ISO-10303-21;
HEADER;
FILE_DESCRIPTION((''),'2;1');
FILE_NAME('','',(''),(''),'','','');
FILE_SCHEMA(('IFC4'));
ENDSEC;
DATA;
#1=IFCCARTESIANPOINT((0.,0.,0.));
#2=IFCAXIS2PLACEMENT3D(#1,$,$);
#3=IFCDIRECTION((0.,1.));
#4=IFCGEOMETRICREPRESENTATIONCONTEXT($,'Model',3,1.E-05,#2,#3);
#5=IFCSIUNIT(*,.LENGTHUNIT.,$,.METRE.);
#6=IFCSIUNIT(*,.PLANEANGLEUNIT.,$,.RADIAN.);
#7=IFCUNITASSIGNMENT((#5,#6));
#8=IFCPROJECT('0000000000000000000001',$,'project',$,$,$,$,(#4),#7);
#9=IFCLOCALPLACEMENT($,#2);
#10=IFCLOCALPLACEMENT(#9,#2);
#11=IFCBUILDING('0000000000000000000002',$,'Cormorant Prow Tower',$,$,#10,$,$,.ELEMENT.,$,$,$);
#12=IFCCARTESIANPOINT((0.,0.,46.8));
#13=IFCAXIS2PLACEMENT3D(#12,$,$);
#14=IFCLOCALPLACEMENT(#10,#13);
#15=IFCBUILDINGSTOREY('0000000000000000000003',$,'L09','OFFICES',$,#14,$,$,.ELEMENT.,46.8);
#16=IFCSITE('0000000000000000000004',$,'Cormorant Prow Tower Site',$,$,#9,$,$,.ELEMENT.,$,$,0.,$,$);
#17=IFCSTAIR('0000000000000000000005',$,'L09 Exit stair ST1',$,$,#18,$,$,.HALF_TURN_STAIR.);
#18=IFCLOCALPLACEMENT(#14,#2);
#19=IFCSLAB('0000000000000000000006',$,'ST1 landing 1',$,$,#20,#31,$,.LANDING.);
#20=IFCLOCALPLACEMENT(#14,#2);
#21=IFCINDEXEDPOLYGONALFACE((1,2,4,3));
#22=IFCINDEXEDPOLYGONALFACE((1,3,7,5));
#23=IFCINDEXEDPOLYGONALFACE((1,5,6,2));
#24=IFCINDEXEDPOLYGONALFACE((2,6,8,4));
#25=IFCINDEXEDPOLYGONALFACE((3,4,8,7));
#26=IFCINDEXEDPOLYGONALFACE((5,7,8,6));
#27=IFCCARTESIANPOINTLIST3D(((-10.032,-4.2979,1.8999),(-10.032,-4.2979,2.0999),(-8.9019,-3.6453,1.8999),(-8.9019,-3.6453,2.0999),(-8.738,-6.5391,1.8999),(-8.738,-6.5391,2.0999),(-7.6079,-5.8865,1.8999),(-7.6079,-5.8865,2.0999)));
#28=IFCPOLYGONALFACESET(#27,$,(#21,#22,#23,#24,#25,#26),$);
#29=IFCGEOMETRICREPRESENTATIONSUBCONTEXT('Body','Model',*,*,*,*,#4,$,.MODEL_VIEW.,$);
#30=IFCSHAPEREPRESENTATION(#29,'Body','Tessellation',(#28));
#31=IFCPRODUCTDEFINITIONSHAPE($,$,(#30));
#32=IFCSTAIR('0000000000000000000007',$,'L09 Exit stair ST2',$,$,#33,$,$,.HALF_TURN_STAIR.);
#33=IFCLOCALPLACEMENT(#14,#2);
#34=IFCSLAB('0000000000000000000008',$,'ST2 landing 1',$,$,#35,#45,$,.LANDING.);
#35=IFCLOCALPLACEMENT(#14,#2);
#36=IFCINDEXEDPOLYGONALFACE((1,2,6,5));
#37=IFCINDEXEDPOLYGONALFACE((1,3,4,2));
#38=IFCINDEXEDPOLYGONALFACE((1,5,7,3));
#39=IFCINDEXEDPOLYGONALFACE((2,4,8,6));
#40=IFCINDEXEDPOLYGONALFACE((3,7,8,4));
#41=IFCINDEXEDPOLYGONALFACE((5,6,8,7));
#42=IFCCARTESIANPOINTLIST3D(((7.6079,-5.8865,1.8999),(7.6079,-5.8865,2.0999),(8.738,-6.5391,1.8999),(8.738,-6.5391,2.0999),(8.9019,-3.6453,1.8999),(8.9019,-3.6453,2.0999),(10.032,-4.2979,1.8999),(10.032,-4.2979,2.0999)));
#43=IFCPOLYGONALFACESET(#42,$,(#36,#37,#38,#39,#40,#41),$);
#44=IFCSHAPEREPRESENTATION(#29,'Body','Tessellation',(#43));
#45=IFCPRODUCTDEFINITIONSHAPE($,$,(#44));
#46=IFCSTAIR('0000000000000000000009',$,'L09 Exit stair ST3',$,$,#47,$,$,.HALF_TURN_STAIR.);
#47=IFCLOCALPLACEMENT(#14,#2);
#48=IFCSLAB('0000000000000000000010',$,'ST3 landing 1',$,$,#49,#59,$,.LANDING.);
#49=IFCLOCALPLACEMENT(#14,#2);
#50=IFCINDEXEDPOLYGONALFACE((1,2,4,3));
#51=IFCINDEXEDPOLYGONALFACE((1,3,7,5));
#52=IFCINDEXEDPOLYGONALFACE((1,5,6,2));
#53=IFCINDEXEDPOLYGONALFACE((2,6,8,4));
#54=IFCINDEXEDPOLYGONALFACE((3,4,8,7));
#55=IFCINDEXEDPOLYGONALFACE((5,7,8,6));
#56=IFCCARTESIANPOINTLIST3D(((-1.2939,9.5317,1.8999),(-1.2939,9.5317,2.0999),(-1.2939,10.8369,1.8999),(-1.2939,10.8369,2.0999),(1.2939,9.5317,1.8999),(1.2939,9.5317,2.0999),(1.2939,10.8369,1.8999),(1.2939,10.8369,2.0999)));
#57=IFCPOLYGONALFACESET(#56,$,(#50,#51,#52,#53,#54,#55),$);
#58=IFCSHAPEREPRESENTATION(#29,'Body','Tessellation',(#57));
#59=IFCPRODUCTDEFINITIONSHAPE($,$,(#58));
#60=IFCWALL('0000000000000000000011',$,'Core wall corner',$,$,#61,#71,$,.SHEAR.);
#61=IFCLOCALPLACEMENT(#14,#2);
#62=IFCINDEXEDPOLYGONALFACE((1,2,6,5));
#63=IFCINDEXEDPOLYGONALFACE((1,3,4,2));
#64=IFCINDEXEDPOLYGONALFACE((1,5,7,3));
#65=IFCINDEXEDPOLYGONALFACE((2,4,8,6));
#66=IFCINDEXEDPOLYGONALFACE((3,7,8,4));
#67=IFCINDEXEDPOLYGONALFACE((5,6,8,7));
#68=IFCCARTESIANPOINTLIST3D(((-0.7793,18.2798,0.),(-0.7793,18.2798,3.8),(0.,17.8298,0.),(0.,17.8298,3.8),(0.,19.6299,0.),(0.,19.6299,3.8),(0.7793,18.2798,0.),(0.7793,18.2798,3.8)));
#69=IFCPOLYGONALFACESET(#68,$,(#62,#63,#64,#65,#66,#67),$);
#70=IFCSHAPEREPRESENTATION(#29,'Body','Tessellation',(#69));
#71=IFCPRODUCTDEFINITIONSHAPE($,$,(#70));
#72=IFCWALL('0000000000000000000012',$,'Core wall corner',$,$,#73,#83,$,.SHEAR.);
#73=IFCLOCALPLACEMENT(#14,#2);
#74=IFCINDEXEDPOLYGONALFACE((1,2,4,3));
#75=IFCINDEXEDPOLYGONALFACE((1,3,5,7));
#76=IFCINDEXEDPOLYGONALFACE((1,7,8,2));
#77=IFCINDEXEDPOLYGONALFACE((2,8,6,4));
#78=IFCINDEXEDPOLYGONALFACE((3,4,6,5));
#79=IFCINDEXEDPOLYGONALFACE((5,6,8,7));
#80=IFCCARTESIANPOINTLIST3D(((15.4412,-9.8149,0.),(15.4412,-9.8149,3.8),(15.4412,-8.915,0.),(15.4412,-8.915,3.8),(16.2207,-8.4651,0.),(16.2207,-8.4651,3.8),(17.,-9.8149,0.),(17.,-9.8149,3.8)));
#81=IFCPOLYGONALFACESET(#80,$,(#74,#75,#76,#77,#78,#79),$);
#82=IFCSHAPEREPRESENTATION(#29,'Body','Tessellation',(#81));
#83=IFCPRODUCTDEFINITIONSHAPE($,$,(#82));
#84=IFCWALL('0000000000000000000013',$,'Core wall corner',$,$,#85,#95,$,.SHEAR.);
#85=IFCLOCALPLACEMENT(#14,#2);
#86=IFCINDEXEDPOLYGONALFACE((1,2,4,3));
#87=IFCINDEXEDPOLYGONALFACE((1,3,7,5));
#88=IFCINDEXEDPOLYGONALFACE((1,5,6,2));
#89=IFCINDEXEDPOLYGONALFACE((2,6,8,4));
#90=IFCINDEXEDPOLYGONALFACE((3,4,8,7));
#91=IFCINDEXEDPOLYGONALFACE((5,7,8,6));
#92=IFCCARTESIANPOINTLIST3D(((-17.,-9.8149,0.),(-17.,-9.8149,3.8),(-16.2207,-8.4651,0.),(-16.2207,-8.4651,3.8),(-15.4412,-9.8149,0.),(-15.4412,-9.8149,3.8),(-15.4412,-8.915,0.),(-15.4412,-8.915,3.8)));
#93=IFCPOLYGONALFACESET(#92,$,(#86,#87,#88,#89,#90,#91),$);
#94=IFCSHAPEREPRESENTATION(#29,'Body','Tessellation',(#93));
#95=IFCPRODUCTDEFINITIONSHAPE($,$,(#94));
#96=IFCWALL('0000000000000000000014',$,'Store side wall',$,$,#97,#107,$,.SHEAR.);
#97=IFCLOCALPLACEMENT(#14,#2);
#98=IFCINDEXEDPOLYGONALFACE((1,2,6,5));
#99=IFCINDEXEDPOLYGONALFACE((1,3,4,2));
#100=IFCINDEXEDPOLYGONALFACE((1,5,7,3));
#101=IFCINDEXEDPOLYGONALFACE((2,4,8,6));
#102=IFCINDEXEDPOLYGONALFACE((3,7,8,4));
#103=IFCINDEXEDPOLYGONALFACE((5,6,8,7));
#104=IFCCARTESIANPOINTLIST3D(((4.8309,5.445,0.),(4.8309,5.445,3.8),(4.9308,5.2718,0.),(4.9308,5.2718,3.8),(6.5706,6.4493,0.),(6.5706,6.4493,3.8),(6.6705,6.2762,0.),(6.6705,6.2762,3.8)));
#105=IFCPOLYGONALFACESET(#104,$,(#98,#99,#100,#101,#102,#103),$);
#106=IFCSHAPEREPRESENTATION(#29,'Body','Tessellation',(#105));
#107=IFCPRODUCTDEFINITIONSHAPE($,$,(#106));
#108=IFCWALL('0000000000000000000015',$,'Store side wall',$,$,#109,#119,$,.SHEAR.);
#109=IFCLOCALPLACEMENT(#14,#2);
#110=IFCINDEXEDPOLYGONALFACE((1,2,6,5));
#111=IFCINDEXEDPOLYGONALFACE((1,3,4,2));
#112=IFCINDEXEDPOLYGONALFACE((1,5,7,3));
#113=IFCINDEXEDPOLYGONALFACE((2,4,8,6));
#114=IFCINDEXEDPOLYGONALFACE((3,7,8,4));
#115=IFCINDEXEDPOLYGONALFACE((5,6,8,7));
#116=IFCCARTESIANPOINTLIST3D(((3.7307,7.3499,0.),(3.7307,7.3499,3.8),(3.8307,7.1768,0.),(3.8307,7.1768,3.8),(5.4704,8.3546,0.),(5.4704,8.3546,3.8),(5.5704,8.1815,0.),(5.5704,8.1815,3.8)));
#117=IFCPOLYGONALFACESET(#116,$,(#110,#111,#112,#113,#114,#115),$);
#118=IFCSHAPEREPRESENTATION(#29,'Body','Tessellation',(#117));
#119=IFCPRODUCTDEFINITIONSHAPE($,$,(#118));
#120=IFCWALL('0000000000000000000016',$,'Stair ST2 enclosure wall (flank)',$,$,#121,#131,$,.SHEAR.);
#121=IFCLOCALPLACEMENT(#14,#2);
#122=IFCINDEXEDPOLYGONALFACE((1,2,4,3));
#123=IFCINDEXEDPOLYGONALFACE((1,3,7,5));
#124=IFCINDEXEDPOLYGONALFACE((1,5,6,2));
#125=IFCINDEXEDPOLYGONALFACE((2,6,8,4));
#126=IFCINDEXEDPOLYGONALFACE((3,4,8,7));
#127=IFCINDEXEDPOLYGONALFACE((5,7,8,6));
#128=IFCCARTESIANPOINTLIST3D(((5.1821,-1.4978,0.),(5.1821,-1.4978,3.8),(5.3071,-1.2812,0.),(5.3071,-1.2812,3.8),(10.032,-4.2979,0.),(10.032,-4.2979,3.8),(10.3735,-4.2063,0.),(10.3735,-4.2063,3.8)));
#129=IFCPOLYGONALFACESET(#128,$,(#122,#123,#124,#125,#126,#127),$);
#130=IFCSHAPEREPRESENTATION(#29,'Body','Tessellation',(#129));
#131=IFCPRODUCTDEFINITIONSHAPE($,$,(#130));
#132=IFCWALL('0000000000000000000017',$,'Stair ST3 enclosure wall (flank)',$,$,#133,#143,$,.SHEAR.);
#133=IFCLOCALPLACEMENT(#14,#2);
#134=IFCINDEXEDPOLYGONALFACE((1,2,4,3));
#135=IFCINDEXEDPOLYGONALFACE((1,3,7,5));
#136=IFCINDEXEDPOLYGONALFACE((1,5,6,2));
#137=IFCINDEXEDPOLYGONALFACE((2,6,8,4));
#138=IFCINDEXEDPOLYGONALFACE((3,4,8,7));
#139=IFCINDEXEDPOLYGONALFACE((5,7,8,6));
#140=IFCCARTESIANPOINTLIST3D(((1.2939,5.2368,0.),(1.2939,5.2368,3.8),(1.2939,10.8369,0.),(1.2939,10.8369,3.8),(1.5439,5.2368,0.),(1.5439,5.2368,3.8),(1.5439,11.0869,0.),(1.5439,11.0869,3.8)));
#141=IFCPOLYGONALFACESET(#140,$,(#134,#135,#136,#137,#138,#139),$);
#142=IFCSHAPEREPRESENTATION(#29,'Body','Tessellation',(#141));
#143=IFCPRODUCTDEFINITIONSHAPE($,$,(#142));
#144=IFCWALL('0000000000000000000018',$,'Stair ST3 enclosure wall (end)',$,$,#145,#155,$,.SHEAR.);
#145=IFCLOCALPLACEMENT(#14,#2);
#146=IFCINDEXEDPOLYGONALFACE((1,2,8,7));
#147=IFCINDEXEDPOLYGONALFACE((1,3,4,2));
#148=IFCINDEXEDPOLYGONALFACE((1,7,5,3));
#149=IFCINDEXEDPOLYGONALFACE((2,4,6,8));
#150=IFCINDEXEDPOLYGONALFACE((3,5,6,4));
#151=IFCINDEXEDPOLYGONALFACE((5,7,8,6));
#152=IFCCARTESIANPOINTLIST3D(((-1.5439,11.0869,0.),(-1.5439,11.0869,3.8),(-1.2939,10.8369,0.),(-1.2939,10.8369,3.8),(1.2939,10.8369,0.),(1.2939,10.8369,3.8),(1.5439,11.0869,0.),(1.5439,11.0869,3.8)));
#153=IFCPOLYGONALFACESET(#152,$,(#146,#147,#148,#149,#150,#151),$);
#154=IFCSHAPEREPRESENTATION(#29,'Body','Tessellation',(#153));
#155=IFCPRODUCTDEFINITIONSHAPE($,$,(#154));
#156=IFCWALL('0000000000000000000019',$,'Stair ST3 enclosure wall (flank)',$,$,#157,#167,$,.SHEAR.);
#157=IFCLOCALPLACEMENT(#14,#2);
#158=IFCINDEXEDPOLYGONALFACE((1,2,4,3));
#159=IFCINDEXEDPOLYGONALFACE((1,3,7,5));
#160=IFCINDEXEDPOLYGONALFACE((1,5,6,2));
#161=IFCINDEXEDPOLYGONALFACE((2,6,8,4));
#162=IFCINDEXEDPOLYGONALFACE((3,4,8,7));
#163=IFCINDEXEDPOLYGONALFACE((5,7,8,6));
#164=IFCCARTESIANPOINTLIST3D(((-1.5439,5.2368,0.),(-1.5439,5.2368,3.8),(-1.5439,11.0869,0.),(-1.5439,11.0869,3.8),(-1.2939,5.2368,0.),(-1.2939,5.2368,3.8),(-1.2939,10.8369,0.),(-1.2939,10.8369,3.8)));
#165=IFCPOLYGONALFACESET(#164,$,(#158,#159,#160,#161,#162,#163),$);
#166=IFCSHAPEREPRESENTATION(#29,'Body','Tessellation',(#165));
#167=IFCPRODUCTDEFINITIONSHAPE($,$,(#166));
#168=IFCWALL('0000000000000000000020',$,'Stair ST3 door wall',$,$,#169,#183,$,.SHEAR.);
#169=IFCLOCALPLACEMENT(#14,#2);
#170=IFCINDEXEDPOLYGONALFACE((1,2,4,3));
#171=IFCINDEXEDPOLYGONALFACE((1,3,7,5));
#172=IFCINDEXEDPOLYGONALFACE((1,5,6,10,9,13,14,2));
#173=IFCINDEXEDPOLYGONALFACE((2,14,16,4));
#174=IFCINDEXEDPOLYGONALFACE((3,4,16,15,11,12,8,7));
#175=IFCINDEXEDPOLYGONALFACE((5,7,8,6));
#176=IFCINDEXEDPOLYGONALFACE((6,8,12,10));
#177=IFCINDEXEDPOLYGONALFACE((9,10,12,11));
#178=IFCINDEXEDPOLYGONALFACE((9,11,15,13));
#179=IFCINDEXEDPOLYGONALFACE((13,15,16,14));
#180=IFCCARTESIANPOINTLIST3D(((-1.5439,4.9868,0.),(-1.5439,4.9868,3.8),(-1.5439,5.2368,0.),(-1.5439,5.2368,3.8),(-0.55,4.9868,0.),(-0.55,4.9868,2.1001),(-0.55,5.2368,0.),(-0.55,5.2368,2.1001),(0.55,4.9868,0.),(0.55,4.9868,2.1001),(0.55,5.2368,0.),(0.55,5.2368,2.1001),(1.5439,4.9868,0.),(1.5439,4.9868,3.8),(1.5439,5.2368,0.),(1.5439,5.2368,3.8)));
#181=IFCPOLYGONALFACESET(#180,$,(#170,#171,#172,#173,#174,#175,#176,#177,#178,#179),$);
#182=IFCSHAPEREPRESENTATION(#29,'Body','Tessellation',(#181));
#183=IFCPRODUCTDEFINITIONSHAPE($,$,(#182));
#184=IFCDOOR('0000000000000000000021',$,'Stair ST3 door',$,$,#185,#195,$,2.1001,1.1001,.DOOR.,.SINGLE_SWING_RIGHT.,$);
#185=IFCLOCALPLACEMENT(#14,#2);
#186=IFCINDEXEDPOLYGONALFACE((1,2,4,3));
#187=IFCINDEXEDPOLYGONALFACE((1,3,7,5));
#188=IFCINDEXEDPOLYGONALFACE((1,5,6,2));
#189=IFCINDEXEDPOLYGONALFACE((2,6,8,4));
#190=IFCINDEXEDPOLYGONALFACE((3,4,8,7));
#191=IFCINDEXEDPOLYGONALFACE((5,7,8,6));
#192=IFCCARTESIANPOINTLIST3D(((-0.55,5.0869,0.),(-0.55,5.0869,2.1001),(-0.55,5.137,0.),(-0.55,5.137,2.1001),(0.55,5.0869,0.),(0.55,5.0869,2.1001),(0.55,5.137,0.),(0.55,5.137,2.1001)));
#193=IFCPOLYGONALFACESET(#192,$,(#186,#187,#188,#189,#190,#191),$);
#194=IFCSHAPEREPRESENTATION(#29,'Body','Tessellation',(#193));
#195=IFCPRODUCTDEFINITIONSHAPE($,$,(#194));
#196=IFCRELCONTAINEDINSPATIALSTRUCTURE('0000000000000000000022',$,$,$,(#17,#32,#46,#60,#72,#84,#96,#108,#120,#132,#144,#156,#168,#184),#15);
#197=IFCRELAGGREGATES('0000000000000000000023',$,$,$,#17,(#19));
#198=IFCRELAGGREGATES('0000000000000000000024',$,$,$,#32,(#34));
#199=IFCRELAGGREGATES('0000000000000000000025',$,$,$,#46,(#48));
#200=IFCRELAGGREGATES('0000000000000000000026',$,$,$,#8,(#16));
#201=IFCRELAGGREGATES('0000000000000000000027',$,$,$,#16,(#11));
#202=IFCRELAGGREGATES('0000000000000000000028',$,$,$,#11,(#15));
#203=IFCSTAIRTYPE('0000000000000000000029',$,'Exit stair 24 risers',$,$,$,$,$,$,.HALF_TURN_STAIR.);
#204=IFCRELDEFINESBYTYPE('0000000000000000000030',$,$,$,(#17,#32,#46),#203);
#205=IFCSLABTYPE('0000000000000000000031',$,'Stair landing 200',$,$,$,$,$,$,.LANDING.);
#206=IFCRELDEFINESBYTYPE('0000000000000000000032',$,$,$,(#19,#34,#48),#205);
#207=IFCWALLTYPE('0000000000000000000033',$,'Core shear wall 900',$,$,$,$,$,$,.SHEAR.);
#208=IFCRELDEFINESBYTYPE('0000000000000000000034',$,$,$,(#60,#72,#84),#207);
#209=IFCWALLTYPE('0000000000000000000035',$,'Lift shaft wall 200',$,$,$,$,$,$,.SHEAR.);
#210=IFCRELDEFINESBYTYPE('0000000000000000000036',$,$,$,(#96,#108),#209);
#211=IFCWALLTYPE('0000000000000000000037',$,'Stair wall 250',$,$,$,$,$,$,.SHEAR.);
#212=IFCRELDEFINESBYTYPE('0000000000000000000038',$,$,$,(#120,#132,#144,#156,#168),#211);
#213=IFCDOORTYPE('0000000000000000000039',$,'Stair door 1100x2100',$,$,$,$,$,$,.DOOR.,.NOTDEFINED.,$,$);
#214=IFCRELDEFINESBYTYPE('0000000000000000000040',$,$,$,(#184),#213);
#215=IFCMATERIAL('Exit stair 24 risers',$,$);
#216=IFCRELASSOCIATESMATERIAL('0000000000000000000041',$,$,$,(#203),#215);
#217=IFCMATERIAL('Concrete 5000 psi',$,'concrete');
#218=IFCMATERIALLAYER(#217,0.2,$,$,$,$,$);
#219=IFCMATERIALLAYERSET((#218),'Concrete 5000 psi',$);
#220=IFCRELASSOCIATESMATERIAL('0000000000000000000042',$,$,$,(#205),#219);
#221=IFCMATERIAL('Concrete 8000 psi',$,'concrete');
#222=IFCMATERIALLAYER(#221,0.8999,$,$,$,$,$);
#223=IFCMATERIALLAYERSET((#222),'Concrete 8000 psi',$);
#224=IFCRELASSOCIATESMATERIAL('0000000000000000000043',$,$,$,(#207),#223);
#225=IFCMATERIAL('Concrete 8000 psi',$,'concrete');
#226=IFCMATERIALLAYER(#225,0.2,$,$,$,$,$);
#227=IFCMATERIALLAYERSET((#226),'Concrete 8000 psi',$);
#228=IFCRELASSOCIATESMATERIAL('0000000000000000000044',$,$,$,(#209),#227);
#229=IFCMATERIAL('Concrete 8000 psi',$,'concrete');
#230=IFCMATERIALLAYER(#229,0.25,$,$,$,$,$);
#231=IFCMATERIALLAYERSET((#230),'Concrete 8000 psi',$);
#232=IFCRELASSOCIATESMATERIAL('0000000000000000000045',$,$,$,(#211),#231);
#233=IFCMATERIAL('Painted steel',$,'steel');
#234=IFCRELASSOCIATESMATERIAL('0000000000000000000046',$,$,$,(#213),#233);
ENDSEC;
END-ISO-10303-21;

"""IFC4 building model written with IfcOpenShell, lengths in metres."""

from ifc_helpers import new_model, si_unit, direction, frame, frame_2d, origin, place, context, subcontext, project, spatial, polyline, rectangle, outline, extrude, material, layer, layer_set, type_object, element, fill, aggregate, save


model = new_model("IFC4")

# Units and contexts
model_context = context("Model", 3, precision=1e-05, world=origin(), true_north=direction((0.0, 1.0)))
body_context = subcontext(model_context, "Body", "Model", "MODEL_VIEW")
ifc_project = project(units=[si_unit("LENGTHUNIT", "METRE"), si_unit("PLANEANGLEUNIT", "RADIAN")], contexts=[model_context])

# Site, building, storey
site_placement = place(None, origin())
site = spatial("IfcSite", under=ifc_project, at=site_placement, Name="Cormorant Prow Tower Site", CompositionType="ELEMENT", RefElevation=0.0)
building_placement = place(site_placement, origin())
building = spatial("IfcBuilding", under=site, at=building_placement, Name="Cormorant Prow Tower", CompositionType="ELEMENT")
storey_placement = place(building_placement, frame((0.0, 0.0, 46.8)))
storey = spatial("IfcBuildingStorey", under=building, at=storey_placement, Name="L09", Description="OFFICES", CompositionType="ELEMENT", Elevation=46.8)

# Stairs, slabs
ifc_material_1 = material(Name="Exit stair 24 risers")
stair_type = type_object("IfcStairType", Name="Exit stair 24 risers", PredefinedType="HALF_TURN_STAIR", material=ifc_material_1)
stair_1_placement = place(storey_placement, origin())
stair_1 = element("IfcStair", 1, at=stair_1_placement, inside=storey, type_object=stair_type, Name="L09 Exit stair ST1", PredefinedType="HALF_TURN_STAIR")
ifc_material_2 = material(Name="Concrete 5000 psi", Category="concrete")
ifc_layer_1 = layer(ifc_material_2, 0.2)
ifc_layer_set_1 = layer_set([ifc_layer_1], Name="Concrete 5000 psi")
slab_type = type_object("IfcSlabType", Name="Stair landing 200", PredefinedType="LANDING", material=ifc_layer_set_1)
slab_1_placement = place(storey_placement, frame((0.0, 0.0, 1.8999)))
slab_1 = element("IfcSlab", 2, at=slab_1_placement, type_object=slab_type, Name="ST1 landing 1", PredefinedType="LANDING", context=body_context, shape_type="SweptSolid", body=[
    extrude(outline(polyline([(-8.9019, -3.6453), (-10.032, -4.2979), (-8.738, -6.5391), (-7.6079, -5.8865), (-8.9019, -3.6453)])), origin(), (0.0, 0.0, 1.0), 0.2),
])
aggregate(stair_1, [slab_1])
stair_2_placement = place(storey_placement, origin())
stair_2 = element("IfcStair", 3, at=stair_2_placement, inside=storey, type_object=stair_type, Name="L09 Exit stair ST2", PredefinedType="HALF_TURN_STAIR")
slab_2_placement = place(storey_placement, frame((0.0, 0.0, 1.8999)))
slab_2 = element("IfcSlab", 4, at=slab_2_placement, type_object=slab_type, Name="ST2 landing 1", PredefinedType="LANDING", context=body_context, shape_type="SweptSolid", body=[
    extrude(outline(polyline([(7.6079, -5.8865), (8.738, -6.5391), (10.032, -4.2979), (8.9019, -3.6453), (7.6079, -5.8865)])), origin(), (0.0, 0.0, 1.0), 0.2),
])
aggregate(stair_2, [slab_2])
stair_3_placement = place(storey_placement, origin())
stair_3 = element("IfcStair", 5, at=stair_3_placement, inside=storey, type_object=stair_type, Name="L09 Exit stair ST3", PredefinedType="HALF_TURN_STAIR")
slab_3_placement = place(storey_placement, frame((0.0, 0.0, 1.8999)))
slab_3 = element("IfcSlab", 6, at=slab_3_placement, type_object=slab_type, Name="ST3 landing 1", PredefinedType="LANDING", context=body_context, shape_type="SweptSolid", body=[
    extrude(outline(polyline([(1.2939, 9.5317), (1.2939, 10.8369), (-1.2939, 10.8369), (-1.2939, 9.5317), (1.2939, 9.5317)])), origin(), (0.0, 0.0, 1.0), 0.2),
])

# Walls
ifc_material_3 = material(Name="Concrete 8000 psi", Category="concrete")
ifc_layer_2 = layer(ifc_material_3, 0.8999)
ifc_layer_set_2 = layer_set([ifc_layer_2], Name="Concrete 8000 psi")
wall_type_1 = type_object("IfcWallType", Name="Core shear wall 900", PredefinedType="SHEAR", material=ifc_layer_set_2)
wall_1_placement = place(storey_placement, origin())
element("IfcWall", 7, at=wall_1_placement, inside=storey, type_object=wall_type_1, Name="Core wall corner", PredefinedType="SHEAR", context=body_context, shape_type="SweptSolid", body=[
    extrude(outline(polyline([(-0.7793, 18.2798), (0.0, 19.6299), (0.7793, 18.2798), (0.0, 17.8298), (-0.7793, 18.2798)])), origin(), (0.0, 0.0, 1.0), 3.8),
])
wall_2_placement = place(storey_placement, origin())
element("IfcWall", 8, at=wall_2_placement, inside=storey, type_object=wall_type_1, Name="Core wall corner", PredefinedType="SHEAR", context=body_context, shape_type="SweptSolid", body=[
    extrude(outline(polyline([(15.4412, -9.8149), (15.4412, -8.915), (16.2207, -8.4651), (17.0, -9.8149), (15.4412, -9.8149)])), origin(), (0.0, 0.0, 1.0), 3.8),
])
wall_3_placement = place(storey_placement, origin())
element("IfcWall", 9, at=wall_3_placement, inside=storey, type_object=wall_type_1, Name="Core wall corner", PredefinedType="SHEAR", context=body_context, shape_type="SweptSolid", body=[
    extrude(outline(polyline([(-16.2207, -8.4651), (-15.4412, -8.915), (-15.4412, -9.8149), (-17.0, -9.8149), (-16.2207, -8.4651)])), origin(), (0.0, 0.0, 1.0), 3.8),
])
ifc_material_4 = material(Name="Concrete 8000 psi", Category="concrete")
ifc_layer_3 = layer(ifc_material_4, 0.2)
ifc_layer_set_3 = layer_set([ifc_layer_3], Name="Concrete 8000 psi")
wall_type_2 = type_object("IfcWallType", Name="Lift shaft wall 200", PredefinedType="SHEAR", material=ifc_layer_set_3)
wall_4_placement = place(storey_placement, frame((4.8809, 5.3584, 0.0), z_axis=(0.0, 0.0, 1.0), x_axis=(0.866036, 0.499982, 0.0)))
element("IfcWall", 10, at=wall_4_placement, inside=storey, type_object=wall_type_2, Name="Store side wall", PredefinedType="SHEAR", context=body_context, shape_type="SweptSolid", body=[
    extrude(rectangle(XDim=2.0088, YDim=0.2, at=frame_2d((1.0044, 0.0))), origin(), (0.0, 0.0, 1.0), 3.8),
])
wall_5_placement = place(storey_placement, frame((3.7808, 7.2634, 0.0), z_axis=(0.0, 0.0, 1.0), x_axis=(0.865983, 0.500073, 0.0)))
element("IfcWall", 11, at=wall_5_placement, inside=storey, type_object=wall_type_2, Name="Store side wall", PredefinedType="SHEAR", context=body_context, shape_type="SweptSolid", body=[
    extrude(rectangle(XDim=2.009, YDim=0.2, at=frame_2d((1.0044, 0.0))), origin(), (0.0, 0.0, 1.0), 3.8),
])
ifc_material_5 = material(Name="Concrete 8000 psi", Category="concrete")
ifc_layer_4 = layer(ifc_material_5, 0.25)
ifc_layer_set_4 = layer_set([ifc_layer_4], Name="Concrete 8000 psi")
wall_type_3 = type_object("IfcWallType", Name="Stair wall 250", PredefinedType="SHEAR", material=ifc_layer_set_4)
wall_6_placement = place(storey_placement, origin())
element("IfcWall", 12, at=wall_6_placement, inside=storey, type_object=wall_type_3, Name="Stair ST2 enclosure wall (flank)", PredefinedType="SHEAR", context=body_context, shape_type="SweptSolid", body=[
    extrude(outline(polyline([(10.032, -4.2979), (10.3735, -4.2063), (5.3071, -1.2812), (5.1821, -1.4978), (10.032, -4.2979)])), origin(), (0.0, 0.0, 1.0), 3.8),
])
wall_7_placement = place(storey_placement, origin())
element("IfcWall", 13, at=wall_7_placement, inside=storey, type_object=wall_type_3, Name="Stair ST3 enclosure wall (flank)", PredefinedType="SHEAR", context=body_context, shape_type="SweptSolid", body=[
    extrude(outline(polyline([(1.5439, 5.2368), (1.5439, 11.0869), (1.2939, 10.8369), (1.2939, 5.2368), (1.5439, 5.2368)])), origin(), (0.0, 0.0, 1.0), 3.8),
])
wall_8_placement = place(storey_placement, origin())
element("IfcWall", 14, at=wall_8_placement, inside=storey, type_object=wall_type_3, Name="Stair ST3 enclosure wall (end)", PredefinedType="SHEAR", context=body_context, shape_type="SweptSolid", body=[
    extrude(outline(polyline([(1.5439, 11.0869), (-1.5439, 11.0869), (-1.2939, 10.8369), (1.2939, 10.8369), (1.5439, 11.0869)])), origin(), (0.0, 0.0, 1.0), 3.8),
])
wall_9_placement = place(storey_placement, origin())
element("IfcWall", 15, at=wall_9_placement, inside=storey, type_object=wall_type_3, Name="Stair ST3 enclosure wall (flank)", PredefinedType="SHEAR", context=body_context, shape_type="SweptSolid", body=[
    extrude(outline(polyline([(-1.2939, 10.8369), (-1.5439, 11.0869), (-1.5439, 5.2368), (-1.2939, 5.2368), (-1.2939, 10.8369)])), origin(), (0.0, 0.0, 1.0), 3.8),
])

# Wall, opening, door
wall_10_placement = place(storey_placement, frame((1.5439, 5.1118, 0.0), z_axis=(0.0, 0.0, 1.0), x_axis=(-1.0, 0.0, 0.0)))
wall_10 = element("IfcWall", 16, at=wall_10_placement, inside=storey, type_object=wall_type_3, Name="Stair ST3 door wall", PredefinedType="SHEAR", context=body_context, shape_type="SweptSolid", body=[
    extrude(rectangle(XDim=3.0879, YDim=0.25, at=frame_2d((1.5439, 0.0))), origin(), (0.0, 0.0, 1.0), 3.8),
])
opening_placement = place(wall_10_placement, frame((0.9939, 0.0, 0.0)))
opening = element("IfcOpeningElement", 17, at=opening_placement, cuts=wall_10, PredefinedType="OPENING", context=body_context, shape_type="SweptSolid", body=[
    extrude(rectangle(XDim=1.1001, YDim=2.1001, at=frame_2d((0.55, 1.05))), frame((0.0, 0.135, 0.0), z_axis=(0.0, -1.0, 0.0), x_axis=(1.0, 0.0, 0.0)), (0.0, 0.0, 1.0), 0.27),
])
ifc_material_6 = material(Name="Painted steel", Category="steel")
door_type = type_object("IfcDoorType", Name="Stair door 1100x2100", OperationType="NOTDEFINED", PredefinedType="DOOR", material=ifc_material_6)
door_placement = place(opening_placement, origin())
door = element("IfcDoor", 18, at=door_placement, inside=storey, type_object=door_type, Name="Stair ST3 door", OperationType="SINGLE_SWING_RIGHT", OverallHeight=2.1001, OverallWidth=1.1001, PredefinedType="DOOR", context=body_context, shape_type="SweptSolid", body=[
    extrude(rectangle(XDim=1.1001, YDim=2.1001, at=frame_2d((0.55, 1.05))), frame((0.0, 0.0249, 0.0), z_axis=(0.0, -1.0, 0.0), x_axis=(1.0, 0.0, 0.0)), (0.0, 0.0, 1.0), 0.05),
])
fill(opening, door)

aggregate(stair_3, [slab_3])

save(model, "model.ifc")
